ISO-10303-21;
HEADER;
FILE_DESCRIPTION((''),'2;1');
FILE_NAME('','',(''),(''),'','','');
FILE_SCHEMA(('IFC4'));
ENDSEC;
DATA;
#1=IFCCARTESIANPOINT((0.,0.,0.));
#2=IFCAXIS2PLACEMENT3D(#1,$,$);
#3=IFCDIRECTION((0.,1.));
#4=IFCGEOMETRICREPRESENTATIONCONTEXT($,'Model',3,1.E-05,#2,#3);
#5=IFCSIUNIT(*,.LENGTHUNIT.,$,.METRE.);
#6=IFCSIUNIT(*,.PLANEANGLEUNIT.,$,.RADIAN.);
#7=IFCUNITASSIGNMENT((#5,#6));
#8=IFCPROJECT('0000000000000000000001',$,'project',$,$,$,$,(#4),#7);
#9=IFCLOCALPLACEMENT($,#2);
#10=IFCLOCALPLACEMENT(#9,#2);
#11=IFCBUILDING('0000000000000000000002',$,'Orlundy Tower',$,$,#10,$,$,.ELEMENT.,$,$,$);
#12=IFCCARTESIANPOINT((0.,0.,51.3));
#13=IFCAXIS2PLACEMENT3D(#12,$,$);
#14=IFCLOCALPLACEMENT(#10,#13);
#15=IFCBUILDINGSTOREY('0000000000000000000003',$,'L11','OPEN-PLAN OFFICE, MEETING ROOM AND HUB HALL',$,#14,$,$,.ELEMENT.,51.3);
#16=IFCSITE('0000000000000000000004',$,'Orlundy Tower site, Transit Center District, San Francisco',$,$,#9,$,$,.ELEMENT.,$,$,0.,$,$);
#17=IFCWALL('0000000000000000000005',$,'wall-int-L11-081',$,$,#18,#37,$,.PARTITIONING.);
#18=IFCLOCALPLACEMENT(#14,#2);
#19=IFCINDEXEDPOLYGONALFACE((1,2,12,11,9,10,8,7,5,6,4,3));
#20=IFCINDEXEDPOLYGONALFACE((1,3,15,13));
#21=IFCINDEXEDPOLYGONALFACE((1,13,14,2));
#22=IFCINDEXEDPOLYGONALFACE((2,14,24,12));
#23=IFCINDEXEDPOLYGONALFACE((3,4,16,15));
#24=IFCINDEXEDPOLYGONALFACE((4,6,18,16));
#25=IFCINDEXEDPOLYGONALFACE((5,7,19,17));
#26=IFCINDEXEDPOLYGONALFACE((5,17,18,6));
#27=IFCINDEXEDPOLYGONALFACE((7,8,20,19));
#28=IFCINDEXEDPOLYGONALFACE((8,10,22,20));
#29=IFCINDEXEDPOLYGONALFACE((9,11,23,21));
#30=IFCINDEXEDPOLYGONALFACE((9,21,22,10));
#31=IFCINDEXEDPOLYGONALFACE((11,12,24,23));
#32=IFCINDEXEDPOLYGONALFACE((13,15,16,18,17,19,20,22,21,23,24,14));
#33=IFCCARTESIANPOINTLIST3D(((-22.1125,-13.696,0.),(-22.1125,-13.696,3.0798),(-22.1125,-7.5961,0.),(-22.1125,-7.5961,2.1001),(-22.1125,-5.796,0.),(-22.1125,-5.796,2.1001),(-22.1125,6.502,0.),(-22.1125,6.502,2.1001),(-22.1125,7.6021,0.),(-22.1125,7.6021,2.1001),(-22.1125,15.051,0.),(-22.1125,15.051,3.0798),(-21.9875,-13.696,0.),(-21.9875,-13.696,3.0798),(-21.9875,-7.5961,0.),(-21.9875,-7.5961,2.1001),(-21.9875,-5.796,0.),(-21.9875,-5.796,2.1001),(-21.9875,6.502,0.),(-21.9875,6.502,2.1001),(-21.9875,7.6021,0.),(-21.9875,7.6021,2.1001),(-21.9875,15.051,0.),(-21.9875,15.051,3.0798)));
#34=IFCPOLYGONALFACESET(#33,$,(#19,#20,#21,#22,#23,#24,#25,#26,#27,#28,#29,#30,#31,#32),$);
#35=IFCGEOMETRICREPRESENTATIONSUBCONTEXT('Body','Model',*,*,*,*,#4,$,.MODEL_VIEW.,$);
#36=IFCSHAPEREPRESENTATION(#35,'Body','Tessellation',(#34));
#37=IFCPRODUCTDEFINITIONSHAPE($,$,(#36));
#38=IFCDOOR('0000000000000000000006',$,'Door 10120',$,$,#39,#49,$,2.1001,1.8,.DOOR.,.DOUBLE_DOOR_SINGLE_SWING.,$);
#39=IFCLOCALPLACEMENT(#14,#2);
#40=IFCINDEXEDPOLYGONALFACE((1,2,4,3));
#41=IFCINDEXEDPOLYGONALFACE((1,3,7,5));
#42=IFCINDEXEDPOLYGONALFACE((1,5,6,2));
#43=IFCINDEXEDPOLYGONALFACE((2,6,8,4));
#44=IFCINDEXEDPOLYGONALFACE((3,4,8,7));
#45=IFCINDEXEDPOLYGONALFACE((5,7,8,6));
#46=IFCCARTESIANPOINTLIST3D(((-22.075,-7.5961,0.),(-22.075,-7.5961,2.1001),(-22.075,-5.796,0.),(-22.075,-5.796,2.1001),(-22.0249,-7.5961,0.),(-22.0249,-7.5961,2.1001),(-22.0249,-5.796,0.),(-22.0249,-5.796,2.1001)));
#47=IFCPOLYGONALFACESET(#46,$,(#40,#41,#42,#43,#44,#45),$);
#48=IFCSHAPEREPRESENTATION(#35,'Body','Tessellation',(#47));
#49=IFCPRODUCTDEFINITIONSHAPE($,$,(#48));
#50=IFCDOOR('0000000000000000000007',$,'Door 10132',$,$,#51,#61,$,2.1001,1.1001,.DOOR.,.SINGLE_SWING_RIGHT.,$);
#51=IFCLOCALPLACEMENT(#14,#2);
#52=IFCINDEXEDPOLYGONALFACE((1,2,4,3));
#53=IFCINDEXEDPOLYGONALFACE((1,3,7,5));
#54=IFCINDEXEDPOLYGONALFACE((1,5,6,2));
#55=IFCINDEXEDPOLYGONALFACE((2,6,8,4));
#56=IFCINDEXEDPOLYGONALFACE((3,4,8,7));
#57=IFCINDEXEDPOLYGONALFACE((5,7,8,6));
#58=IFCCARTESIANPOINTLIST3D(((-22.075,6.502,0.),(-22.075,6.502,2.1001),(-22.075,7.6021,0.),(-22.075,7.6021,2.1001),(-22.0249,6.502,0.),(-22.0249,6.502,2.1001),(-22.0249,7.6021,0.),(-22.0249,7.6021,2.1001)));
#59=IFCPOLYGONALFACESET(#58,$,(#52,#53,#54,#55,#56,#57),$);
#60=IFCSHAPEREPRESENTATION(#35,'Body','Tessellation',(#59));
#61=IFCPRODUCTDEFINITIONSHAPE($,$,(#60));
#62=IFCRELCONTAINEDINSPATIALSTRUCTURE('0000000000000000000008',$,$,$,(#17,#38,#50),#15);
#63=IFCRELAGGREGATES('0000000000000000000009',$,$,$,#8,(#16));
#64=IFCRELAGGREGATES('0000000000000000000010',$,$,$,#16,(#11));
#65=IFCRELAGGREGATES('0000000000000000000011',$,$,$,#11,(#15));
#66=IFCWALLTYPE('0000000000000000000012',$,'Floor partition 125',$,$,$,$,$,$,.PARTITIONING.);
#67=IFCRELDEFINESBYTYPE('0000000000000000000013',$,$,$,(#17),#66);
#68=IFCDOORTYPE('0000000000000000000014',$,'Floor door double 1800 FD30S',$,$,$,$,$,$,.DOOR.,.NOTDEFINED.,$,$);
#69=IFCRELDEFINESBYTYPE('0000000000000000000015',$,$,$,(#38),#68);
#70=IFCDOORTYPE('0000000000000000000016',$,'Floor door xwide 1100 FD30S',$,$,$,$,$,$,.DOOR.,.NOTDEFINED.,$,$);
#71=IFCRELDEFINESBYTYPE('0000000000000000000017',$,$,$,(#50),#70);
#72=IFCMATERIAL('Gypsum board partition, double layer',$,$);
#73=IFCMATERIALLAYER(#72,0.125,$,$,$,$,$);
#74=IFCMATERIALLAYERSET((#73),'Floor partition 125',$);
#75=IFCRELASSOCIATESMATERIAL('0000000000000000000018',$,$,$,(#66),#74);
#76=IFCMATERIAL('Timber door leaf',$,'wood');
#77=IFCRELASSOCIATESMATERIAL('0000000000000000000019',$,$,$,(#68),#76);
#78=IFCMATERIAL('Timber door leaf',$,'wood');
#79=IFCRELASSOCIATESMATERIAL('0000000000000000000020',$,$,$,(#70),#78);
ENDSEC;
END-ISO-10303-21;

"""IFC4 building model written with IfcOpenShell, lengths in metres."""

from ifc_helpers import new_model, si_unit, direction, frame, frame_2d, origin, place, context, subcontext, project, spatial, rectangle, extrude, material, layer, layer_set, type_object, element, fill, save


model = new_model("IFC4")

# Units and contexts
model_context = context("Model", 3, precision=1e-05, world=origin(), true_north=direction((0.0, 1.0)))
body_context = subcontext(model_context, "Body", "Model", "MODEL_VIEW")
ifc_project = project(units=[si_unit("LENGTHUNIT", "METRE"), si_unit("PLANEANGLEUNIT", "RADIAN")], contexts=[model_context])

# Site, building, storey
site_placement = place(None, origin())
site = spatial("IfcSite", under=ifc_project, at=site_placement, Name="Orlundy Tower site, Transit Center District, San Francisco", CompositionType="ELEMENT", RefElevation=0.0)
building_placement = place(site_placement, origin())
building = spatial("IfcBuilding", under=site, at=building_placement, Name="Orlundy Tower", CompositionType="ELEMENT")
storey_placement = place(building_placement, frame((0.0, 0.0, 51.3)))
storey = spatial("IfcBuildingStorey", under=building, at=storey_placement, Name="L11", Description="OPEN-PLAN OFFICE, MEETING ROOM AND HUB HALL", CompositionType="ELEMENT", Elevation=51.3)

# Shared definitions
ifc_material_1 = material(Name="Gypsum board partition, double layer")
ifc_layer_1 = layer(ifc_material_1, 0.125)
ifc_layer_set_1 = layer_set([ifc_layer_1], Name="Floor partition 125")
wall_type_1 = type_object("IfcWallType", Name="Floor partition 125", PredefinedType="PARTITIONING", material=ifc_layer_set_1)

# Wall, openings, doors
wall_1_placement = place(storey_placement, frame((-22.05, -13.696, 0.0), z_axis=(0.0, 0.0, 1.0), x_axis=(0.0, 1.0, 0.0)))
wall_1 = element("IfcWall", 1, at=wall_1_placement, inside=storey, type_object=wall_type_1, Name="wall-int-L11-081", PredefinedType="PARTITIONING", context=body_context, shape_type="SweptSolid", body=[
    extrude(rectangle(XDim=28.7471, YDim=0.125, at=frame_2d((14.3735, 0.0))), origin(), (0.0, 0.0, 1.0), 3.0798),
])
opening_1_placement = place(wall_1_placement, frame((6.1001, 0.0, 0.0)))
opening_1 = element("IfcOpeningElement", 2, at=opening_1_placement, cuts=wall_1, PredefinedType="OPENING", context=body_context, shape_type="SweptSolid", body=[
    extrude(rectangle(XDim=1.8, YDim=2.1001, at=frame_2d((0.8999, 1.05))), frame((0.0, 0.0725, 0.0), z_axis=(0.0, -1.0, 0.0), x_axis=(1.0, 0.0, 0.0)), (0.0, 0.0, 1.0), 0.145),
])
opening_2_placement = place(wall_1_placement, frame((20.198, 0.0, 0.0)))
opening_2 = element("IfcOpeningElement", 3, at=opening_2_placement, cuts=wall_1, PredefinedType="OPENING", context=body_context, shape_type="SweptSolid", body=[
    extrude(rectangle(XDim=1.1001, YDim=2.1001, at=frame_2d((0.55, 1.05))), frame((0.0, 0.0725, 0.0), z_axis=(0.0, -1.0, 0.0), x_axis=(1.0, 0.0, 0.0)), (0.0, 0.0, 1.0), 0.145),
])
ifc_material_2 = material(Name="Timber door leaf", Category="wood")
door_type_1 = type_object("IfcDoorType", Name="Floor door double 1800 FD30S", OperationType="NOTDEFINED", PredefinedType="DOOR", material=ifc_material_2)
door_1_placement = place(opening_1_placement, origin())
door_1 = element("IfcDoor", 4, at=door_1_placement, inside=storey, type_object=door_type_1, Name="Door 10120", OperationType="DOUBLE_DOOR_SINGLE_SWING", OverallHeight=2.1001, OverallWidth=1.8, PredefinedType="DOOR", context=body_context, shape_type="SweptSolid", body=[
    extrude(rectangle(XDim=1.8, YDim=2.1001, at=frame_2d((0.8999, 1.05))), frame((0.0, 0.0249, 0.0), z_axis=(0.0, -1.0, 0.0), x_axis=(1.0, 0.0, 0.0)), (0.0, 0.0, 1.0), 0.05),
])
fill(opening_1, door_1)
ifc_material_3 = material(Name="Timber door leaf", Category="wood")
door_type_2 = type_object("IfcDoorType", Name="Floor door xwide 1100 FD30S", OperationType="NOTDEFINED", PredefinedType="DOOR", material=ifc_material_3)
door_2_placement = place(opening_2_placement, origin())
door_2 = element("IfcDoor", 5, at=door_2_placement, inside=storey, type_object=door_type_2, Name="Door 10132", OperationType="SINGLE_SWING_RIGHT", OverallHeight=2.1001, OverallWidth=1.1001, PredefinedType="DOOR", context=body_context, shape_type="SweptSolid", body=[
    extrude(rectangle(XDim=1.1001, YDim=2.1001, at=frame_2d((0.55, 1.05))), frame((0.0, 0.0249, 0.0), z_axis=(0.0, -1.0, 0.0), x_axis=(1.0, 0.0, 0.0)), (0.0, 0.0, 1.0), 0.05),
])
fill(opening_2, door_2)

save(model, "model.ifc")
